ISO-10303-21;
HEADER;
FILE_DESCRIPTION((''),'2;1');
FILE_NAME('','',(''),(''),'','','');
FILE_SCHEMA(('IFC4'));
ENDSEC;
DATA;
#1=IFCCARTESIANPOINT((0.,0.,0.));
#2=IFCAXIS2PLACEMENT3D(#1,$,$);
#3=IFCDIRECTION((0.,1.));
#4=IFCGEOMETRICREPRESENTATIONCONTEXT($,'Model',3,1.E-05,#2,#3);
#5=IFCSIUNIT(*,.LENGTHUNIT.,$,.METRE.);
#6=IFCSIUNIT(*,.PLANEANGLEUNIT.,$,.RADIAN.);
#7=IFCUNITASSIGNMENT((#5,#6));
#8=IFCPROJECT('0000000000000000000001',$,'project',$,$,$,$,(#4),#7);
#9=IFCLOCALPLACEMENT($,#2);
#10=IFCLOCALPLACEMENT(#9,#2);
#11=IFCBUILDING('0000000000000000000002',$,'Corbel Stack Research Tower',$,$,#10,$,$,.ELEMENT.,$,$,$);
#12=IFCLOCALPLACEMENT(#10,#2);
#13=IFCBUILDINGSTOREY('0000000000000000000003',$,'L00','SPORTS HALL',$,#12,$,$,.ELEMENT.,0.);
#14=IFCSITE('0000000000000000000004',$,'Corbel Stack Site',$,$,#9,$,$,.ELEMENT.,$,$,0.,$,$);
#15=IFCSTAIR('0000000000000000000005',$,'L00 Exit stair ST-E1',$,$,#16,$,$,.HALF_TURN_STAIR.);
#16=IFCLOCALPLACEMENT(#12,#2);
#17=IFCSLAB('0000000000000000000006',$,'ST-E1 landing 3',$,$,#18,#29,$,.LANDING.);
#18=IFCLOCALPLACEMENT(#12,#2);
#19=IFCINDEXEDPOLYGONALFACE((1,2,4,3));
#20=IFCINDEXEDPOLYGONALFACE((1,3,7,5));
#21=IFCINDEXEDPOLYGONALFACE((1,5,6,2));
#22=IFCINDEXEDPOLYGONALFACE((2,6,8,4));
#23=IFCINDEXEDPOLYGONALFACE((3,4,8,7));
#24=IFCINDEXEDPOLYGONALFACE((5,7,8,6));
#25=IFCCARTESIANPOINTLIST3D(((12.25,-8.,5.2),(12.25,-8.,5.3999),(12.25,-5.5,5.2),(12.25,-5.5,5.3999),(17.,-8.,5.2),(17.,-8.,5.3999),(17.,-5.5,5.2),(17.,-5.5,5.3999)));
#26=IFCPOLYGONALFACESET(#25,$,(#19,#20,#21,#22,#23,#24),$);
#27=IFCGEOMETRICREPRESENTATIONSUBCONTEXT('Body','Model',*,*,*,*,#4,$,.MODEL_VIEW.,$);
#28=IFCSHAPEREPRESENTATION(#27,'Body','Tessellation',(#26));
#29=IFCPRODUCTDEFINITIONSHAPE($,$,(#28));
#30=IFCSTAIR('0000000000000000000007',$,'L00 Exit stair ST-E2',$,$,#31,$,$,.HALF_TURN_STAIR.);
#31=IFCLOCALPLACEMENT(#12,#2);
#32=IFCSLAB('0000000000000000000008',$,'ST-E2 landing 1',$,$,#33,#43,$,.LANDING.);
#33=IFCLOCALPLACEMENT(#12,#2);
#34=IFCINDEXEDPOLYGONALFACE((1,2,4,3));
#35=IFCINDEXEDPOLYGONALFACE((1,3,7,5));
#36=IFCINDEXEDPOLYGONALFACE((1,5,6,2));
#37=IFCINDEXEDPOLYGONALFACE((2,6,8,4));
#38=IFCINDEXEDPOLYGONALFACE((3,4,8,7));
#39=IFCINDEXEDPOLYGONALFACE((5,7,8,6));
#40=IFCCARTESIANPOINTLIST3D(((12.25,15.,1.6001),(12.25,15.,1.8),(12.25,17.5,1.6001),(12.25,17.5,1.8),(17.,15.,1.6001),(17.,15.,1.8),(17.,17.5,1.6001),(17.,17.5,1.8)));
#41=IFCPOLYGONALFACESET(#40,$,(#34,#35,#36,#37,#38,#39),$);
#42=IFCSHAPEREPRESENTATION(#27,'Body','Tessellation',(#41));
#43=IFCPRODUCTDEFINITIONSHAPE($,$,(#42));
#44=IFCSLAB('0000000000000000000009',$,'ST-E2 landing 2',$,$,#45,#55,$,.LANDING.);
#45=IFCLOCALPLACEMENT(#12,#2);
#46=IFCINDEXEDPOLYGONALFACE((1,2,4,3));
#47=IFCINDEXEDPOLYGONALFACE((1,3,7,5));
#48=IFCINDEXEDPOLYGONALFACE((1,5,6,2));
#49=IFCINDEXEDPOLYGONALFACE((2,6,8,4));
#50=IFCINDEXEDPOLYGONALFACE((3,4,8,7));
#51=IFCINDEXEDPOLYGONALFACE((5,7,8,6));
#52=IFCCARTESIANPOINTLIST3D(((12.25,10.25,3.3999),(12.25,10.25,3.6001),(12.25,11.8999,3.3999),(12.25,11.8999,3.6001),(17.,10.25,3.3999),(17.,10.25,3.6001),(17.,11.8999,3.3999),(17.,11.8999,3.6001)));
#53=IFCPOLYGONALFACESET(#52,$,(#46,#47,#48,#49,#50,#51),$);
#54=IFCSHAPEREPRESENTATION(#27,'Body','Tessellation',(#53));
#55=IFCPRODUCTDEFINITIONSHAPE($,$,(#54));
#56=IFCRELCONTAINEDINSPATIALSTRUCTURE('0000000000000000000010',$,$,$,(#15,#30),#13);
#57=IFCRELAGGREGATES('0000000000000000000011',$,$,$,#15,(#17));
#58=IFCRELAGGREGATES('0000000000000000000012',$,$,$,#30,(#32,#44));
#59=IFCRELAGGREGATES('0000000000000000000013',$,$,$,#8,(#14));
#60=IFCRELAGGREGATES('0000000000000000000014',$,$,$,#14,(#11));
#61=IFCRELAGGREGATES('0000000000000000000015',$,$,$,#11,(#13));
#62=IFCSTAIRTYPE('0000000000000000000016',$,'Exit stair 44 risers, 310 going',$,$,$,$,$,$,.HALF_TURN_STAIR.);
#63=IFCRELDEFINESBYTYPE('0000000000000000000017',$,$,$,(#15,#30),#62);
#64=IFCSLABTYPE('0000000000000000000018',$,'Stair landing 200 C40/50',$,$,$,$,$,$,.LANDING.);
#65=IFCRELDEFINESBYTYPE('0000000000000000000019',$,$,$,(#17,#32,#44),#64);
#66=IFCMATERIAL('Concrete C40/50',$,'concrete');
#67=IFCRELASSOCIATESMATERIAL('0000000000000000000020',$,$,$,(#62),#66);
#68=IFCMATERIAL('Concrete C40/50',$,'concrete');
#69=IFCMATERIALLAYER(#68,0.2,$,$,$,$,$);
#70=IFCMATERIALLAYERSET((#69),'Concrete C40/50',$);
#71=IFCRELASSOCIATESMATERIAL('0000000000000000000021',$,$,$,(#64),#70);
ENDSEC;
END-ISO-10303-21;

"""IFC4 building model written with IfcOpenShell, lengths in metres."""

from ifc_helpers import new_model, si_unit, direction, frame, origin, place, context, subcontext, project, spatial, polyline, outline, extrude, material, layer, layer_set, type_object, element, aggregate, save


model = new_model("IFC4")

# Units and contexts
model_context = context("Model", 3, precision=1e-05, world=origin(), true_north=direction((0.0, 1.0)))
body_context = subcontext(model_context, "Body", "Model", "MODEL_VIEW")
ifc_project = project(units=[si_unit("LENGTHUNIT", "METRE"), si_unit("PLANEANGLEUNIT", "RADIAN")], contexts=[model_context])

# Site, building, storey
site_placement = place(None, origin())
site = spatial("IfcSite", under=ifc_project, at=site_placement, Name="Corbel Stack Site", CompositionType="ELEMENT", RefElevation=0.0)
building_placement = place(site_placement, origin())
building = spatial("IfcBuilding", under=site, at=building_placement, Name="Corbel Stack Research Tower", CompositionType="ELEMENT")
storey_placement = place(building_placement, origin())
storey = spatial("IfcBuildingStorey", under=building, at=storey_placement, Name="L00", Description="SPORTS HALL", CompositionType="ELEMENT", Elevation=0.0)

# Stairs, slabs
ifc_material_1 = material(Name="Concrete C40/50", Category="concrete")
stair_type = type_object("IfcStairType", Name="Exit stair 44 risers, 310 going", PredefinedType="HALF_TURN_STAIR", material=ifc_material_1)
ifc_material_2 = material(Name="Concrete C40/50", Category="concrete")
ifc_layer_1 = layer(ifc_material_2, 0.2)
ifc_layer_set_1 = layer_set([ifc_layer_1], Name="Concrete C40/50")
slab_type_1 = type_object("IfcSlabType", Name="Stair landing 200 C40/50", PredefinedType="LANDING", material=ifc_layer_set_1)
stair_1_placement = place(storey_placement, origin())
stair_1 = element("IfcStair", 1, at=stair_1_placement, inside=storey, type_object=stair_type, Name="L00 Exit stair ST-E1", PredefinedType="HALF_TURN_STAIR")
slab_1_placement = place(storey_placement, frame((0.0, 0.0, 5.2)))
slab_1 = element("IfcSlab", 2, at=slab_1_placement, type_object=slab_type_1, Name="ST-E1 landing 3", PredefinedType="LANDING", context=body_context, shape_type="SweptSolid", body=[
    extrude(outline(polyline([(12.25, -8.0), (12.25, -5.5), (17.0, -5.5), (17.0, -8.0), (12.25, -8.0)])), origin(), (0.0, 0.0, 1.0), 0.2),
])
aggregate(stair_1, [slab_1])
stair_2_placement = place(storey_placement, origin())
stair_2 = element("IfcStair", 3, at=stair_2_placement, inside=storey, type_object=stair_type, Name="L00 Exit stair ST-E2", PredefinedType="HALF_TURN_STAIR")
slab_2_placement = place(storey_placement, frame((0.0, 0.0, 1.6001)))
slab_2 = element("IfcSlab", 4, at=slab_2_placement, type_object=slab_type_1, Name="ST-E2 landing 1", PredefinedType="LANDING", context=body_context, shape_type="SweptSolid", body=[
    extrude(outline(polyline([(12.25, 15.0), (12.25, 17.5), (17.0, 17.5), (17.0, 15.0), (12.25, 15.0)])), origin(), (0.0, 0.0, 1.0), 0.2),
])
slab_3_placement = place(storey_placement, frame((0.0, 0.0, 3.3999)))
slab_3 = element("IfcSlab", 5, at=slab_3_placement, type_object=slab_type_1, Name="ST-E2 landing 2", PredefinedType="LANDING", context=body_context, shape_type="SweptSolid", body=[
    extrude(outline(polyline([(12.25, 10.25), (12.25, 11.8999), (17.0, 11.8999), (17.0, 10.25), (12.25, 10.25)])), origin(), (0.0, 0.0, 1.0), 0.2002),
])
aggregate(stair_2, [slab_2, slab_3])

save(model, "model.ifc")
